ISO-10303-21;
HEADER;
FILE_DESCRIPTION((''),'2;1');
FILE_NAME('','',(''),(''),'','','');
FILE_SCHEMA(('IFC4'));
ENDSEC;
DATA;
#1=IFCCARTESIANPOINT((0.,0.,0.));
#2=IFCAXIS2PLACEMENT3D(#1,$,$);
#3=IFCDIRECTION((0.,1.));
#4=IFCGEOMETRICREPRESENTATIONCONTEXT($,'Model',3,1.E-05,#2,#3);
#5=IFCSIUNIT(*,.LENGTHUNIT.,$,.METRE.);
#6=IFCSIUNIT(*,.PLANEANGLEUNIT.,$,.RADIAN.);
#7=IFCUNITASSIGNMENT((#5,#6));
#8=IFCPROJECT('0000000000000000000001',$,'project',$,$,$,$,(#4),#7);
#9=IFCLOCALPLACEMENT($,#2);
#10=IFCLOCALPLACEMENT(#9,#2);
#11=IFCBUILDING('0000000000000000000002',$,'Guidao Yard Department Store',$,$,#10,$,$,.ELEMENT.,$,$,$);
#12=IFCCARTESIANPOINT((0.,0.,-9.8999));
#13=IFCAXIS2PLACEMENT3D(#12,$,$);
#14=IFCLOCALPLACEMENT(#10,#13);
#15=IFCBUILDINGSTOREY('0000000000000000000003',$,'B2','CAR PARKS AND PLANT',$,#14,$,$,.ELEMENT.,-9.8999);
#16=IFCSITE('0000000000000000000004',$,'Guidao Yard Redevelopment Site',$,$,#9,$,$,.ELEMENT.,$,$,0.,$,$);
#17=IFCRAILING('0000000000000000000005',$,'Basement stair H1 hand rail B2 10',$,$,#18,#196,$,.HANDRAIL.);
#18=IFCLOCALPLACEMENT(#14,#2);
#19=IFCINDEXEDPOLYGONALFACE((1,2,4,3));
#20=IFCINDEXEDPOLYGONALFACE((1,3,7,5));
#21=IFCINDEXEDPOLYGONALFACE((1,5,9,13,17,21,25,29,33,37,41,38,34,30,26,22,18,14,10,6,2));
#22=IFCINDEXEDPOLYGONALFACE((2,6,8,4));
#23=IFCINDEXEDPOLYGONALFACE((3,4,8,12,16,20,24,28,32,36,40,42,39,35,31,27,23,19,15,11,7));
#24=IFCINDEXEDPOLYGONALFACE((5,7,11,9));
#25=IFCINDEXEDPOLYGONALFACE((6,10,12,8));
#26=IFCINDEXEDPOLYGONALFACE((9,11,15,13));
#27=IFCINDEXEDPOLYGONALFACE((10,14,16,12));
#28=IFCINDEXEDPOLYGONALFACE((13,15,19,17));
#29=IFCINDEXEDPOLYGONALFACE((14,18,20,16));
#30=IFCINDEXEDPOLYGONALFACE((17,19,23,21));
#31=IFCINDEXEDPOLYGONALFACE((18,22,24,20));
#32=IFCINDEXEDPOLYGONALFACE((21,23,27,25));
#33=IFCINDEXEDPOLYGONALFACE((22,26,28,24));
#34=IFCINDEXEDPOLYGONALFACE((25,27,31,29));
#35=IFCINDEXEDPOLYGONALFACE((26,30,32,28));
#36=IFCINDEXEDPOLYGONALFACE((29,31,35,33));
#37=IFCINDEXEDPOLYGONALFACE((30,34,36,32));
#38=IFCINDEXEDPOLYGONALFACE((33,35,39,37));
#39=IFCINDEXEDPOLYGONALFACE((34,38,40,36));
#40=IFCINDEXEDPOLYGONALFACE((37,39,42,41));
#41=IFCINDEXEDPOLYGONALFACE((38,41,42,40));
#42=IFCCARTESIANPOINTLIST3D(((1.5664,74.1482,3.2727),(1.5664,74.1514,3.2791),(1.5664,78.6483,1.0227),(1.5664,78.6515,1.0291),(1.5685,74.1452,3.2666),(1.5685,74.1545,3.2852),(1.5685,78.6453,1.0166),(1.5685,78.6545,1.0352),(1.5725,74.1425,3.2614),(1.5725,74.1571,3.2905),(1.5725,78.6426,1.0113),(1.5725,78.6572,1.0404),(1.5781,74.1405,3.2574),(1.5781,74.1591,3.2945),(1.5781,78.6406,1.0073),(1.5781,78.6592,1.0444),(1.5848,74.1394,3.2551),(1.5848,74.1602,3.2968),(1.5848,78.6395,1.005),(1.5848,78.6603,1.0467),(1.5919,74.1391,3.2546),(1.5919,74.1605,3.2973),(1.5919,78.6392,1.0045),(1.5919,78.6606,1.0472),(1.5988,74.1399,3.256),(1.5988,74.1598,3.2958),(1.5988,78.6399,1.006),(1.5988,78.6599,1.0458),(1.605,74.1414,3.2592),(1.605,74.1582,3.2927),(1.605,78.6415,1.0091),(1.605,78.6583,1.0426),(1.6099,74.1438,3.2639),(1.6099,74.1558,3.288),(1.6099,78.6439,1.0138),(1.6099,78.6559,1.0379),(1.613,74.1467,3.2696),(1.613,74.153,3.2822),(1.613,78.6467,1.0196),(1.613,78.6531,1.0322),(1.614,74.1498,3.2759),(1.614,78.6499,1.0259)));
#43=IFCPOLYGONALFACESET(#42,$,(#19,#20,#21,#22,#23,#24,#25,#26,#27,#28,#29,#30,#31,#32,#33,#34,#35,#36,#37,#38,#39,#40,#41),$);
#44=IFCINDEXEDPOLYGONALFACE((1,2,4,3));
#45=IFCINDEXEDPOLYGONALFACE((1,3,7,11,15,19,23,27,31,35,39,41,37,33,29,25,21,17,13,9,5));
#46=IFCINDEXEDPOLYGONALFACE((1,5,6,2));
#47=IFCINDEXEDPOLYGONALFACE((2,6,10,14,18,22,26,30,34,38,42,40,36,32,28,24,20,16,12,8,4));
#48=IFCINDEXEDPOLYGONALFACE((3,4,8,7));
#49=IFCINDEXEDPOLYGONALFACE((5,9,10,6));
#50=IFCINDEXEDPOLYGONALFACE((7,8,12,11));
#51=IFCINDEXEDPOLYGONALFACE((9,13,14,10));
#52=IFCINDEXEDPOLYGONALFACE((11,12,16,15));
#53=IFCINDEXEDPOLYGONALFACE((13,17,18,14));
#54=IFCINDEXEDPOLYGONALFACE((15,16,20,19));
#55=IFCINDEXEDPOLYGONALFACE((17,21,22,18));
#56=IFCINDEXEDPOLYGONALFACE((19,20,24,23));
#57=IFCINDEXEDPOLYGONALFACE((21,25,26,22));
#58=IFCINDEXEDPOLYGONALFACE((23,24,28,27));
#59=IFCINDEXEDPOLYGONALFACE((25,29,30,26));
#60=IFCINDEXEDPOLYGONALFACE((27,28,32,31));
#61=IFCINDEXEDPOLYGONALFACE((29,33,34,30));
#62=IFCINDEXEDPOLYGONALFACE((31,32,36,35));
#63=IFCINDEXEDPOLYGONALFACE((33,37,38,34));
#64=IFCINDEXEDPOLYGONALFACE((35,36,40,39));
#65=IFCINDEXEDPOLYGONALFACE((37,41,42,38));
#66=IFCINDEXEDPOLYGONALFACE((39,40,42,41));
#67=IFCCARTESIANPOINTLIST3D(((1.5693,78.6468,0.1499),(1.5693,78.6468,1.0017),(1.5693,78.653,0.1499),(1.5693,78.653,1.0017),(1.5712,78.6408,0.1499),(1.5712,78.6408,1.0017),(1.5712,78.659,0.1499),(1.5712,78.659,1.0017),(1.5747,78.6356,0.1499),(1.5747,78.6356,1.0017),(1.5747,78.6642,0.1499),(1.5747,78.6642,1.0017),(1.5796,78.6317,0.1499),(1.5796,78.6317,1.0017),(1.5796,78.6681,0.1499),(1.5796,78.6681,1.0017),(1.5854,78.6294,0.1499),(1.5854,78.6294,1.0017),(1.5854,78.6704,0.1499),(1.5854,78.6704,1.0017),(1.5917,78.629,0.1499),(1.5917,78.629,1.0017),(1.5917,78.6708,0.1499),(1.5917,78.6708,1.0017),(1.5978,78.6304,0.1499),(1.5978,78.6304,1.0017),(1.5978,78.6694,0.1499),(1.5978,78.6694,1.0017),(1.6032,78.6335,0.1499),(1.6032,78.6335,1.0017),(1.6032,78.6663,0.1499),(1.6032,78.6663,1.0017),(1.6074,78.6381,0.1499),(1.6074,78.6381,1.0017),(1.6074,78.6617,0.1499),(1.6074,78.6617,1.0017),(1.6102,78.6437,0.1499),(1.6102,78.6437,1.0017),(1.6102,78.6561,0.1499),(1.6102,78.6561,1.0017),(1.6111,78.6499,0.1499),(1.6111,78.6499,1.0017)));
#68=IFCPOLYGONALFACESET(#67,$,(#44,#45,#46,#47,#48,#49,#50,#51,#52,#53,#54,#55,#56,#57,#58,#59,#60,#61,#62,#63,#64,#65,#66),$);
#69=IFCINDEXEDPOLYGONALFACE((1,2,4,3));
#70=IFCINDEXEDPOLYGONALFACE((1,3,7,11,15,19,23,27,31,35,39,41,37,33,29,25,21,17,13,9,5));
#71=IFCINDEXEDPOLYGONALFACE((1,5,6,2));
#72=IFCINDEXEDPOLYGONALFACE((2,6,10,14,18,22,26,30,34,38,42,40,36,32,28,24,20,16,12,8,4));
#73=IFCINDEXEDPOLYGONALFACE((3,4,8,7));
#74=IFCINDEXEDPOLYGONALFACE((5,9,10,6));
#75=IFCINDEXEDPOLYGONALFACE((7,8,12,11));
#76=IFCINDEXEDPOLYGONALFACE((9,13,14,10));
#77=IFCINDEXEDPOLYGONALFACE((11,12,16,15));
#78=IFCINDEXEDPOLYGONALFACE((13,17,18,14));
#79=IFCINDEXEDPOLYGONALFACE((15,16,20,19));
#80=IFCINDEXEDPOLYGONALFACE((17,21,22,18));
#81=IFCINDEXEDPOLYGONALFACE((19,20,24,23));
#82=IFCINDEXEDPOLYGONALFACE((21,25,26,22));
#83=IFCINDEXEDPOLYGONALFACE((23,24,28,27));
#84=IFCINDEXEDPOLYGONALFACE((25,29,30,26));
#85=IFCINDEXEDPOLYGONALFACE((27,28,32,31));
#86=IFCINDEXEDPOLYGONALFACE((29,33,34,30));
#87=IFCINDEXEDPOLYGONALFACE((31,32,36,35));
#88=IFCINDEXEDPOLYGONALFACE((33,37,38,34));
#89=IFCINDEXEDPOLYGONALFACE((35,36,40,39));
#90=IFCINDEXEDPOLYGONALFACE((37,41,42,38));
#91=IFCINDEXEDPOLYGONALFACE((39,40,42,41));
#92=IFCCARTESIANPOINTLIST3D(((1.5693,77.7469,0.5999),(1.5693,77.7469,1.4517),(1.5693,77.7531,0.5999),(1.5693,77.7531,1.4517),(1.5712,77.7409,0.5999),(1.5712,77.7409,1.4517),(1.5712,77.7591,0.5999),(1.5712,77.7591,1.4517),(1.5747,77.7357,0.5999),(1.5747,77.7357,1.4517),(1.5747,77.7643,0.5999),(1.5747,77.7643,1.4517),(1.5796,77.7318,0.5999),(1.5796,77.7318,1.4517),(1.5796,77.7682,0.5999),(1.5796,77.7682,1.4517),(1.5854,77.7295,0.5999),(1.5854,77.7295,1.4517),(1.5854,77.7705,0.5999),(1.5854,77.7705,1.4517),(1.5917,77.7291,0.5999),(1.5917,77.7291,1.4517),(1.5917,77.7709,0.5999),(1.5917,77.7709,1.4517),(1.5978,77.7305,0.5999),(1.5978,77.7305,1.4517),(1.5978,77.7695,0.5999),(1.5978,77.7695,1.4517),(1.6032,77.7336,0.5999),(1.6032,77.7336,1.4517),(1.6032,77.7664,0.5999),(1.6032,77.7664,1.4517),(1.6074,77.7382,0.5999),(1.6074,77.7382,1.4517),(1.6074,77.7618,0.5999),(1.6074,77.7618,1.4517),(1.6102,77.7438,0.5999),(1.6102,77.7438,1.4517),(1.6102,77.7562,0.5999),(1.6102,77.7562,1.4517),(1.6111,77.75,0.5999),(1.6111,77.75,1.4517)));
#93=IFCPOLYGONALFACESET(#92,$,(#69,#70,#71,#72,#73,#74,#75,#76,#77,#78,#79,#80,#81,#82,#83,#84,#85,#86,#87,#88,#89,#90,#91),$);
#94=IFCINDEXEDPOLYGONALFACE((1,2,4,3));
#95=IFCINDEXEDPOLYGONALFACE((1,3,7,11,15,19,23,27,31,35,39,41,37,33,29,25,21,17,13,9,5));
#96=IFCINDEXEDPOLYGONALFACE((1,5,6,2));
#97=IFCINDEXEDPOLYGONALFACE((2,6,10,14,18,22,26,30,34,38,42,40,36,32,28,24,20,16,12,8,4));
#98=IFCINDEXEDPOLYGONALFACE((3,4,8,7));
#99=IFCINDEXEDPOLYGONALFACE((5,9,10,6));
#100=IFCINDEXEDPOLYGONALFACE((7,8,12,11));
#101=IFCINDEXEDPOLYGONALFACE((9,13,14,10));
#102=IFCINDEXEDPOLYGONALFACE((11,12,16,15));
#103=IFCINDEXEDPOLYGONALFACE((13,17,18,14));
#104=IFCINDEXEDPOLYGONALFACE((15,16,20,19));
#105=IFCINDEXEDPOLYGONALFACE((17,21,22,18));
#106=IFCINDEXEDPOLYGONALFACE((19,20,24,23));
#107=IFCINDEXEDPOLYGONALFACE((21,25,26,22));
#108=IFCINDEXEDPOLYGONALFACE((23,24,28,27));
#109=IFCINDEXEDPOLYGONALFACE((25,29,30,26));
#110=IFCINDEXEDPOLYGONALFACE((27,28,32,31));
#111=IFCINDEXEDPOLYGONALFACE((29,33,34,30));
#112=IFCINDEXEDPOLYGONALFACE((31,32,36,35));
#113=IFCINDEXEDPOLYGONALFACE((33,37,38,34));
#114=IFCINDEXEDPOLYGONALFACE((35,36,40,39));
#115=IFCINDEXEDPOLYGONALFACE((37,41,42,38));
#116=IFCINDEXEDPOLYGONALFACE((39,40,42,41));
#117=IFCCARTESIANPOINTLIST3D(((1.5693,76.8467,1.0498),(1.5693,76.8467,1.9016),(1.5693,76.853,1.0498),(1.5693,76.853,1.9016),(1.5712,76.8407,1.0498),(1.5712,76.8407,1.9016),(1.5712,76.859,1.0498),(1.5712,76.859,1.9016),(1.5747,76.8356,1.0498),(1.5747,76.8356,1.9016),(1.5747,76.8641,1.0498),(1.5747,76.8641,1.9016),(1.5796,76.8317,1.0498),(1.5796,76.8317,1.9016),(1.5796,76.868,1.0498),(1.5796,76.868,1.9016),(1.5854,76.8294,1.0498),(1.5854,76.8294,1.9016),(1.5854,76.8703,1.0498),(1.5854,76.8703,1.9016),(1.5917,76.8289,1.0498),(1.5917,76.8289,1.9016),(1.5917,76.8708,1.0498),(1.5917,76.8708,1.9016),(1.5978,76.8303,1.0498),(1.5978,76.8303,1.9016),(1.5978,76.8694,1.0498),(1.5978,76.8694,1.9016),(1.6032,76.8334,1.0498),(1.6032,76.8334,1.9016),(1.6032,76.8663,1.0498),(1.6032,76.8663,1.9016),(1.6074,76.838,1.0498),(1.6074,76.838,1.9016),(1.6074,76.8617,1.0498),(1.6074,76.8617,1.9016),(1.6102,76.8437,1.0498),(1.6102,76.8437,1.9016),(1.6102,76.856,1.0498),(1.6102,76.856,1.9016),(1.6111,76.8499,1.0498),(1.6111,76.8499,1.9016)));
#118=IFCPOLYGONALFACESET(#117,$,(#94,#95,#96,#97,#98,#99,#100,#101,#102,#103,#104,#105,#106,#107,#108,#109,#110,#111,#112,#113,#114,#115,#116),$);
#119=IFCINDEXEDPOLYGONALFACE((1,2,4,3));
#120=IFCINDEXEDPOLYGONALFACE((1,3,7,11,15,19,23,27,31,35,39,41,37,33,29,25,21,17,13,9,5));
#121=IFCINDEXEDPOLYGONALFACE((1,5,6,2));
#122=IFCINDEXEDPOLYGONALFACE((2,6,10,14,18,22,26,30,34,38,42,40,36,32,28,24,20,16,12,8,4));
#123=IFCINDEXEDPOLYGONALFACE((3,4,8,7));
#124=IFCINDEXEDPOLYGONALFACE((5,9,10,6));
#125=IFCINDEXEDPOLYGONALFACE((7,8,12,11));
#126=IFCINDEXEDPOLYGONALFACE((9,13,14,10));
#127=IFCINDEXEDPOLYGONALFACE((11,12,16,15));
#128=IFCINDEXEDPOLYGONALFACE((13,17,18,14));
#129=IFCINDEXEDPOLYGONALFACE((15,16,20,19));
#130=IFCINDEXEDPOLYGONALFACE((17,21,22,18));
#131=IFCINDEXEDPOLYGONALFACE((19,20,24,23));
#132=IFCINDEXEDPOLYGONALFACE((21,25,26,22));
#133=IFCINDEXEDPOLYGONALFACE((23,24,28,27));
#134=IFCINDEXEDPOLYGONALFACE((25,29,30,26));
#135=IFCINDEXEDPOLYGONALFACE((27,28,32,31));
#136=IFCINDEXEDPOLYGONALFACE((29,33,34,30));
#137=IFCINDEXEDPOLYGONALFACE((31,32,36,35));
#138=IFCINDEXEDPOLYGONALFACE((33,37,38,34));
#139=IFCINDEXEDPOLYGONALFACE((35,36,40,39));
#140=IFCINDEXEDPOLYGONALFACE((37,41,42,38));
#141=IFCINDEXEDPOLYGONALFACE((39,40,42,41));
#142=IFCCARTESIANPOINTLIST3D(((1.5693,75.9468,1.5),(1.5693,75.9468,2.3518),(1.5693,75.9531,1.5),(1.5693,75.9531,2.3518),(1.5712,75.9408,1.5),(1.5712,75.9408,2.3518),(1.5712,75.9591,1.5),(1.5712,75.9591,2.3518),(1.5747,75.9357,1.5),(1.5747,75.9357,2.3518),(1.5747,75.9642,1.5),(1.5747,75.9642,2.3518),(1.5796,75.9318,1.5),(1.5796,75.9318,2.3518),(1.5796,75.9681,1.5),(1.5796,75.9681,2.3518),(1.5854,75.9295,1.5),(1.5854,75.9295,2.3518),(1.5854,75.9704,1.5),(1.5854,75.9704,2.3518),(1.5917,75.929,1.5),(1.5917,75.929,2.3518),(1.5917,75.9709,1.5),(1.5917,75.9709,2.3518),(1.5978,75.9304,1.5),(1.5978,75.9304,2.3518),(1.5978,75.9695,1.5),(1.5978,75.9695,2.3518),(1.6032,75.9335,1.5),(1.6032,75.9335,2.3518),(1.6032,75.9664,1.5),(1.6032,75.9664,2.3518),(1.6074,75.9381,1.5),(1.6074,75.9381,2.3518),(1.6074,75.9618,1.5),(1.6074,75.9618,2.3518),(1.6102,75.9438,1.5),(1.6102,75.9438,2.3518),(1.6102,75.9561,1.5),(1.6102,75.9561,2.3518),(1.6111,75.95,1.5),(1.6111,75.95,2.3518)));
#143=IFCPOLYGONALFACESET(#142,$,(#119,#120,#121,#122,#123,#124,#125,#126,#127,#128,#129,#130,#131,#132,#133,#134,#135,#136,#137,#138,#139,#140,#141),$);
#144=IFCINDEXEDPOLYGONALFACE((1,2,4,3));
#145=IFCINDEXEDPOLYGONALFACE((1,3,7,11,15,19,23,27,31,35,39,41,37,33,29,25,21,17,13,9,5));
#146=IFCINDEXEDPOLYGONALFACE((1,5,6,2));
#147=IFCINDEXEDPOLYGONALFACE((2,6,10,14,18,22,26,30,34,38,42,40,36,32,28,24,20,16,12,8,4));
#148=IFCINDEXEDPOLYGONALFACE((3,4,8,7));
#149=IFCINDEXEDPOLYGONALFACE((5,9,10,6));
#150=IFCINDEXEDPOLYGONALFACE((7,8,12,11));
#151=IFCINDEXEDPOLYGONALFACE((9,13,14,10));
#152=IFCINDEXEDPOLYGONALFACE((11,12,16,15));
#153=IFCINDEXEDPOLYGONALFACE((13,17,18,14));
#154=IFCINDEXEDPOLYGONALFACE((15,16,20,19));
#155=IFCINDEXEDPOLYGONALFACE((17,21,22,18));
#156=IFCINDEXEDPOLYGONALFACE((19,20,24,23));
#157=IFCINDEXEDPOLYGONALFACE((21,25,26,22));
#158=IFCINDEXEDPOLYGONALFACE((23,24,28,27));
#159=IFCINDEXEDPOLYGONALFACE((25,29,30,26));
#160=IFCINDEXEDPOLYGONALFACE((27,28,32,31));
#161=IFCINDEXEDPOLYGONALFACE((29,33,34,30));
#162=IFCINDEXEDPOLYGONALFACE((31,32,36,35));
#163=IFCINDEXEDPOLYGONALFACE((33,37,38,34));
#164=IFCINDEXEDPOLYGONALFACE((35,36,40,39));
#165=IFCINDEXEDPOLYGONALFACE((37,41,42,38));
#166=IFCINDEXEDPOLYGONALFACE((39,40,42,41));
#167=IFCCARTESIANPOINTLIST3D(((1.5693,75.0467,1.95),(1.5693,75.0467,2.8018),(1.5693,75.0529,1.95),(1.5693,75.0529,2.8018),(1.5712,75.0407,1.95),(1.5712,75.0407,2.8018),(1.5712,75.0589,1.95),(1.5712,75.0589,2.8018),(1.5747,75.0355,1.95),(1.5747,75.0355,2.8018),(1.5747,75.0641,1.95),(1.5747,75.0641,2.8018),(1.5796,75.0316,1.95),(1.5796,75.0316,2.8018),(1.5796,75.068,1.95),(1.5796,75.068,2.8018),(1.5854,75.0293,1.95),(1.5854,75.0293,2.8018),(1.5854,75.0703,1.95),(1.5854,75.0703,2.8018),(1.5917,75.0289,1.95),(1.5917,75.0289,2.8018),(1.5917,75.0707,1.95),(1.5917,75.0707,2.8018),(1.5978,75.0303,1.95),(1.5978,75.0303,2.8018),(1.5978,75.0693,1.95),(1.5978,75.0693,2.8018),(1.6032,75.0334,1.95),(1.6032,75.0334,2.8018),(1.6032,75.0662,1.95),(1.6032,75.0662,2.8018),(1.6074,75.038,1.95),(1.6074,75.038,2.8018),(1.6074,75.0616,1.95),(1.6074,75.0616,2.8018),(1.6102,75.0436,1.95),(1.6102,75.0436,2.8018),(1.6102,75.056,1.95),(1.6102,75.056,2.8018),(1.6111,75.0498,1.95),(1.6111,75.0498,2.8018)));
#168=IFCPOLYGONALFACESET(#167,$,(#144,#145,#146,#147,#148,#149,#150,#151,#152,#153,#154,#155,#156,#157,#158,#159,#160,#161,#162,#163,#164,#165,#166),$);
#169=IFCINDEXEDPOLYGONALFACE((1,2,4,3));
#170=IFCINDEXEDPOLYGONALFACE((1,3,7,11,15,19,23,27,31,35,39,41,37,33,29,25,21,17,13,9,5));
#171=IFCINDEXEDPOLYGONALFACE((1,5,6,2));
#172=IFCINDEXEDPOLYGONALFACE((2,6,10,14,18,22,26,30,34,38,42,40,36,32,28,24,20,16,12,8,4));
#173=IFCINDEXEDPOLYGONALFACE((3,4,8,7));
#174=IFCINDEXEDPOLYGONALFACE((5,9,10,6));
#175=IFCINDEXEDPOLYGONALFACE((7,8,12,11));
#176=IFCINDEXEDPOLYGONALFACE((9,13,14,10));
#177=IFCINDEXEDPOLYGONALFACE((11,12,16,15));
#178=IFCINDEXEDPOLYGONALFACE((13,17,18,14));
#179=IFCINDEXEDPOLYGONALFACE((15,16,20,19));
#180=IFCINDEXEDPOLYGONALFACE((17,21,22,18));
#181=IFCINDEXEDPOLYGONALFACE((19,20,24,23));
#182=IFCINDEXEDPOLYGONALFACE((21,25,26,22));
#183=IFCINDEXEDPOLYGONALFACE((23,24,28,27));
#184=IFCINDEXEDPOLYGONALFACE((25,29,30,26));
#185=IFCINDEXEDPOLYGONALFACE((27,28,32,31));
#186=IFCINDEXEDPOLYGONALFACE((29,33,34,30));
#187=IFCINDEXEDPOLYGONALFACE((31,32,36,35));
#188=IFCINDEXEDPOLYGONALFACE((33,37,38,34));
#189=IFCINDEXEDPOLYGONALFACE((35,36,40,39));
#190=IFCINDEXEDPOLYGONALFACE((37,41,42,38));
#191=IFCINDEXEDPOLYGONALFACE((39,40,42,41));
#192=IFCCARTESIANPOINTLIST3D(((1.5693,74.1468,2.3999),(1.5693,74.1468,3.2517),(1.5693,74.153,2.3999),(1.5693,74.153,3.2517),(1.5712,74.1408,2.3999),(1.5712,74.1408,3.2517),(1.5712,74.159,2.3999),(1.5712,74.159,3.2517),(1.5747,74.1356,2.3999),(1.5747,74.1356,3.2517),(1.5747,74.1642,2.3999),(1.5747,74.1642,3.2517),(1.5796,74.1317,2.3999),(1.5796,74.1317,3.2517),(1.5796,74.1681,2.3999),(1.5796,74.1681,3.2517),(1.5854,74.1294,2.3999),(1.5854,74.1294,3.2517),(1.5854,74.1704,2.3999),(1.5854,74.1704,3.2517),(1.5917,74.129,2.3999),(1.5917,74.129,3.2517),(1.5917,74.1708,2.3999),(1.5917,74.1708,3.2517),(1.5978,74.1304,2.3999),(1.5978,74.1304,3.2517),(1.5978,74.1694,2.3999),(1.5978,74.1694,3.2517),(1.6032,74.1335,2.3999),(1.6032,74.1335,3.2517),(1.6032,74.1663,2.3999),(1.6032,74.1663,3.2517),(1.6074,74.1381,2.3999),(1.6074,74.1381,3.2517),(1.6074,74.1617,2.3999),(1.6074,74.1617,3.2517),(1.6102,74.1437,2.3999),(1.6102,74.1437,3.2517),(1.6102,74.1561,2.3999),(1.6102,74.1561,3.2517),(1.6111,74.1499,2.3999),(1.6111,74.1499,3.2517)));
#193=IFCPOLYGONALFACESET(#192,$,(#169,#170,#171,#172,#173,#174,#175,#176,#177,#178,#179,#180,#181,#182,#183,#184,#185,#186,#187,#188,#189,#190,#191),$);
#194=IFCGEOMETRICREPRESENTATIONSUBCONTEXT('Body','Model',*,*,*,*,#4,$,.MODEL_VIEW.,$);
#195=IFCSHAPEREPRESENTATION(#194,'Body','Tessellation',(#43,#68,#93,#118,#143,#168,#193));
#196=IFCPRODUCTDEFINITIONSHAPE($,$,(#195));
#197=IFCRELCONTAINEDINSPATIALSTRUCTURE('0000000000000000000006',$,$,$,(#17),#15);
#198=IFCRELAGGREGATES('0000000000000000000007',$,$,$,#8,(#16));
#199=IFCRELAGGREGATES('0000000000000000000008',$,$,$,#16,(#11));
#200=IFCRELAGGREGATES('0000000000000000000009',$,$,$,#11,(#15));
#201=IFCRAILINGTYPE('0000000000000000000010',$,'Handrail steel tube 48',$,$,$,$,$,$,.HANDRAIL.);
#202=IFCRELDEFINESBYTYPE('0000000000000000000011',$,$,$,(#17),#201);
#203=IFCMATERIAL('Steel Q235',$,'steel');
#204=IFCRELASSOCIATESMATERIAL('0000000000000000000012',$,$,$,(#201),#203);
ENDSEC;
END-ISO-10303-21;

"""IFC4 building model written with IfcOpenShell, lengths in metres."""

from ifc_helpers import new_model, si_unit, direction, frame, origin, origin_2d, place, context, subcontext, project, spatial, circle, extrude, material, type_object, element, save


model = new_model("IFC4")

# Units and contexts
model_context = context("Model", 3, precision=1e-05, world=origin(), true_north=direction((0.0, 1.0)))
body_context = subcontext(model_context, "Body", "Model", "MODEL_VIEW")
ifc_project = project(units=[si_unit("LENGTHUNIT", "METRE"), si_unit("PLANEANGLEUNIT", "RADIAN")], contexts=[model_context])

# Site, building, storey
site_placement = place(None, origin())
site = spatial("IfcSite", under=ifc_project, at=site_placement, Name="Guidao Yard Redevelopment Site", CompositionType="ELEMENT", RefElevation=0.0)
building_placement = place(site_placement, origin())
building = spatial("IfcBuilding", under=site, at=building_placement, Name="Guidao Yard Department Store", CompositionType="ELEMENT")
storey_placement = place(building_placement, frame((0.0, 0.0, -9.8999)))
storey = spatial("IfcBuildingStorey", under=building, at=storey_placement, Name="B2", Description="CAR PARKS AND PLANT", CompositionType="ELEMENT", Elevation=-9.8999)

# Railing
ifc_material_1 = material(Name="Steel Q235", Category="steel")
railing_type_1 = type_object("IfcRailingType", Name="Handrail steel tube 48", PredefinedType="HANDRAIL", material=ifc_material_1)
for number, where, name in (
    (1, (1.5901, 78.6499, 0.1499), "Basement stair H1 hand rail B2 10"),
):
    element("IfcRailing", number, at=place(storey_placement, frame(where)), inside=storey, type_object=railing_type_1, Name=name, PredefinedType="HANDRAIL", context=body_context, shape_type="SweptSolid", body=[
        extrude(circle(Radius=0.0239, at=origin_2d()), frame((0.0, 0.0, 0.876), z_axis=(0.0, -0.894427, 0.447214), x_axis=(1.0, 0.0, 0.0)), (0.0, 0.0, 1.0), 5.0312),
        extrude(circle(Radius=0.021, at=origin_2d()), origin(), (0.0, 0.0, 1.0), 0.8518),
        extrude(circle(Radius=0.021, at=origin_2d()), frame((0.0, -0.8999, 0.45)), (0.0, 0.0, 1.0), 0.8518),
        extrude(circle(Radius=0.021, at=origin_2d()), frame((0.0, -1.8, 0.8999)), (0.0, 0.0, 1.0), 0.8518),
        extrude(circle(Radius=0.021, at=origin_2d()), frame((0.0, -2.7, 1.3501)), (0.0, 0.0, 1.0), 0.8518),
        extrude(circle(Radius=0.021, at=origin_2d()), frame((0.0, -3.6001, 1.8)), (0.0, 0.0, 1.0), 0.8518),
        extrude(circle(Radius=0.021, at=origin_2d()), frame((0.0, -4.5, 2.25)), (0.0, 0.0, 1.0), 0.8518),
    ])

save(model, "model.ifc")
